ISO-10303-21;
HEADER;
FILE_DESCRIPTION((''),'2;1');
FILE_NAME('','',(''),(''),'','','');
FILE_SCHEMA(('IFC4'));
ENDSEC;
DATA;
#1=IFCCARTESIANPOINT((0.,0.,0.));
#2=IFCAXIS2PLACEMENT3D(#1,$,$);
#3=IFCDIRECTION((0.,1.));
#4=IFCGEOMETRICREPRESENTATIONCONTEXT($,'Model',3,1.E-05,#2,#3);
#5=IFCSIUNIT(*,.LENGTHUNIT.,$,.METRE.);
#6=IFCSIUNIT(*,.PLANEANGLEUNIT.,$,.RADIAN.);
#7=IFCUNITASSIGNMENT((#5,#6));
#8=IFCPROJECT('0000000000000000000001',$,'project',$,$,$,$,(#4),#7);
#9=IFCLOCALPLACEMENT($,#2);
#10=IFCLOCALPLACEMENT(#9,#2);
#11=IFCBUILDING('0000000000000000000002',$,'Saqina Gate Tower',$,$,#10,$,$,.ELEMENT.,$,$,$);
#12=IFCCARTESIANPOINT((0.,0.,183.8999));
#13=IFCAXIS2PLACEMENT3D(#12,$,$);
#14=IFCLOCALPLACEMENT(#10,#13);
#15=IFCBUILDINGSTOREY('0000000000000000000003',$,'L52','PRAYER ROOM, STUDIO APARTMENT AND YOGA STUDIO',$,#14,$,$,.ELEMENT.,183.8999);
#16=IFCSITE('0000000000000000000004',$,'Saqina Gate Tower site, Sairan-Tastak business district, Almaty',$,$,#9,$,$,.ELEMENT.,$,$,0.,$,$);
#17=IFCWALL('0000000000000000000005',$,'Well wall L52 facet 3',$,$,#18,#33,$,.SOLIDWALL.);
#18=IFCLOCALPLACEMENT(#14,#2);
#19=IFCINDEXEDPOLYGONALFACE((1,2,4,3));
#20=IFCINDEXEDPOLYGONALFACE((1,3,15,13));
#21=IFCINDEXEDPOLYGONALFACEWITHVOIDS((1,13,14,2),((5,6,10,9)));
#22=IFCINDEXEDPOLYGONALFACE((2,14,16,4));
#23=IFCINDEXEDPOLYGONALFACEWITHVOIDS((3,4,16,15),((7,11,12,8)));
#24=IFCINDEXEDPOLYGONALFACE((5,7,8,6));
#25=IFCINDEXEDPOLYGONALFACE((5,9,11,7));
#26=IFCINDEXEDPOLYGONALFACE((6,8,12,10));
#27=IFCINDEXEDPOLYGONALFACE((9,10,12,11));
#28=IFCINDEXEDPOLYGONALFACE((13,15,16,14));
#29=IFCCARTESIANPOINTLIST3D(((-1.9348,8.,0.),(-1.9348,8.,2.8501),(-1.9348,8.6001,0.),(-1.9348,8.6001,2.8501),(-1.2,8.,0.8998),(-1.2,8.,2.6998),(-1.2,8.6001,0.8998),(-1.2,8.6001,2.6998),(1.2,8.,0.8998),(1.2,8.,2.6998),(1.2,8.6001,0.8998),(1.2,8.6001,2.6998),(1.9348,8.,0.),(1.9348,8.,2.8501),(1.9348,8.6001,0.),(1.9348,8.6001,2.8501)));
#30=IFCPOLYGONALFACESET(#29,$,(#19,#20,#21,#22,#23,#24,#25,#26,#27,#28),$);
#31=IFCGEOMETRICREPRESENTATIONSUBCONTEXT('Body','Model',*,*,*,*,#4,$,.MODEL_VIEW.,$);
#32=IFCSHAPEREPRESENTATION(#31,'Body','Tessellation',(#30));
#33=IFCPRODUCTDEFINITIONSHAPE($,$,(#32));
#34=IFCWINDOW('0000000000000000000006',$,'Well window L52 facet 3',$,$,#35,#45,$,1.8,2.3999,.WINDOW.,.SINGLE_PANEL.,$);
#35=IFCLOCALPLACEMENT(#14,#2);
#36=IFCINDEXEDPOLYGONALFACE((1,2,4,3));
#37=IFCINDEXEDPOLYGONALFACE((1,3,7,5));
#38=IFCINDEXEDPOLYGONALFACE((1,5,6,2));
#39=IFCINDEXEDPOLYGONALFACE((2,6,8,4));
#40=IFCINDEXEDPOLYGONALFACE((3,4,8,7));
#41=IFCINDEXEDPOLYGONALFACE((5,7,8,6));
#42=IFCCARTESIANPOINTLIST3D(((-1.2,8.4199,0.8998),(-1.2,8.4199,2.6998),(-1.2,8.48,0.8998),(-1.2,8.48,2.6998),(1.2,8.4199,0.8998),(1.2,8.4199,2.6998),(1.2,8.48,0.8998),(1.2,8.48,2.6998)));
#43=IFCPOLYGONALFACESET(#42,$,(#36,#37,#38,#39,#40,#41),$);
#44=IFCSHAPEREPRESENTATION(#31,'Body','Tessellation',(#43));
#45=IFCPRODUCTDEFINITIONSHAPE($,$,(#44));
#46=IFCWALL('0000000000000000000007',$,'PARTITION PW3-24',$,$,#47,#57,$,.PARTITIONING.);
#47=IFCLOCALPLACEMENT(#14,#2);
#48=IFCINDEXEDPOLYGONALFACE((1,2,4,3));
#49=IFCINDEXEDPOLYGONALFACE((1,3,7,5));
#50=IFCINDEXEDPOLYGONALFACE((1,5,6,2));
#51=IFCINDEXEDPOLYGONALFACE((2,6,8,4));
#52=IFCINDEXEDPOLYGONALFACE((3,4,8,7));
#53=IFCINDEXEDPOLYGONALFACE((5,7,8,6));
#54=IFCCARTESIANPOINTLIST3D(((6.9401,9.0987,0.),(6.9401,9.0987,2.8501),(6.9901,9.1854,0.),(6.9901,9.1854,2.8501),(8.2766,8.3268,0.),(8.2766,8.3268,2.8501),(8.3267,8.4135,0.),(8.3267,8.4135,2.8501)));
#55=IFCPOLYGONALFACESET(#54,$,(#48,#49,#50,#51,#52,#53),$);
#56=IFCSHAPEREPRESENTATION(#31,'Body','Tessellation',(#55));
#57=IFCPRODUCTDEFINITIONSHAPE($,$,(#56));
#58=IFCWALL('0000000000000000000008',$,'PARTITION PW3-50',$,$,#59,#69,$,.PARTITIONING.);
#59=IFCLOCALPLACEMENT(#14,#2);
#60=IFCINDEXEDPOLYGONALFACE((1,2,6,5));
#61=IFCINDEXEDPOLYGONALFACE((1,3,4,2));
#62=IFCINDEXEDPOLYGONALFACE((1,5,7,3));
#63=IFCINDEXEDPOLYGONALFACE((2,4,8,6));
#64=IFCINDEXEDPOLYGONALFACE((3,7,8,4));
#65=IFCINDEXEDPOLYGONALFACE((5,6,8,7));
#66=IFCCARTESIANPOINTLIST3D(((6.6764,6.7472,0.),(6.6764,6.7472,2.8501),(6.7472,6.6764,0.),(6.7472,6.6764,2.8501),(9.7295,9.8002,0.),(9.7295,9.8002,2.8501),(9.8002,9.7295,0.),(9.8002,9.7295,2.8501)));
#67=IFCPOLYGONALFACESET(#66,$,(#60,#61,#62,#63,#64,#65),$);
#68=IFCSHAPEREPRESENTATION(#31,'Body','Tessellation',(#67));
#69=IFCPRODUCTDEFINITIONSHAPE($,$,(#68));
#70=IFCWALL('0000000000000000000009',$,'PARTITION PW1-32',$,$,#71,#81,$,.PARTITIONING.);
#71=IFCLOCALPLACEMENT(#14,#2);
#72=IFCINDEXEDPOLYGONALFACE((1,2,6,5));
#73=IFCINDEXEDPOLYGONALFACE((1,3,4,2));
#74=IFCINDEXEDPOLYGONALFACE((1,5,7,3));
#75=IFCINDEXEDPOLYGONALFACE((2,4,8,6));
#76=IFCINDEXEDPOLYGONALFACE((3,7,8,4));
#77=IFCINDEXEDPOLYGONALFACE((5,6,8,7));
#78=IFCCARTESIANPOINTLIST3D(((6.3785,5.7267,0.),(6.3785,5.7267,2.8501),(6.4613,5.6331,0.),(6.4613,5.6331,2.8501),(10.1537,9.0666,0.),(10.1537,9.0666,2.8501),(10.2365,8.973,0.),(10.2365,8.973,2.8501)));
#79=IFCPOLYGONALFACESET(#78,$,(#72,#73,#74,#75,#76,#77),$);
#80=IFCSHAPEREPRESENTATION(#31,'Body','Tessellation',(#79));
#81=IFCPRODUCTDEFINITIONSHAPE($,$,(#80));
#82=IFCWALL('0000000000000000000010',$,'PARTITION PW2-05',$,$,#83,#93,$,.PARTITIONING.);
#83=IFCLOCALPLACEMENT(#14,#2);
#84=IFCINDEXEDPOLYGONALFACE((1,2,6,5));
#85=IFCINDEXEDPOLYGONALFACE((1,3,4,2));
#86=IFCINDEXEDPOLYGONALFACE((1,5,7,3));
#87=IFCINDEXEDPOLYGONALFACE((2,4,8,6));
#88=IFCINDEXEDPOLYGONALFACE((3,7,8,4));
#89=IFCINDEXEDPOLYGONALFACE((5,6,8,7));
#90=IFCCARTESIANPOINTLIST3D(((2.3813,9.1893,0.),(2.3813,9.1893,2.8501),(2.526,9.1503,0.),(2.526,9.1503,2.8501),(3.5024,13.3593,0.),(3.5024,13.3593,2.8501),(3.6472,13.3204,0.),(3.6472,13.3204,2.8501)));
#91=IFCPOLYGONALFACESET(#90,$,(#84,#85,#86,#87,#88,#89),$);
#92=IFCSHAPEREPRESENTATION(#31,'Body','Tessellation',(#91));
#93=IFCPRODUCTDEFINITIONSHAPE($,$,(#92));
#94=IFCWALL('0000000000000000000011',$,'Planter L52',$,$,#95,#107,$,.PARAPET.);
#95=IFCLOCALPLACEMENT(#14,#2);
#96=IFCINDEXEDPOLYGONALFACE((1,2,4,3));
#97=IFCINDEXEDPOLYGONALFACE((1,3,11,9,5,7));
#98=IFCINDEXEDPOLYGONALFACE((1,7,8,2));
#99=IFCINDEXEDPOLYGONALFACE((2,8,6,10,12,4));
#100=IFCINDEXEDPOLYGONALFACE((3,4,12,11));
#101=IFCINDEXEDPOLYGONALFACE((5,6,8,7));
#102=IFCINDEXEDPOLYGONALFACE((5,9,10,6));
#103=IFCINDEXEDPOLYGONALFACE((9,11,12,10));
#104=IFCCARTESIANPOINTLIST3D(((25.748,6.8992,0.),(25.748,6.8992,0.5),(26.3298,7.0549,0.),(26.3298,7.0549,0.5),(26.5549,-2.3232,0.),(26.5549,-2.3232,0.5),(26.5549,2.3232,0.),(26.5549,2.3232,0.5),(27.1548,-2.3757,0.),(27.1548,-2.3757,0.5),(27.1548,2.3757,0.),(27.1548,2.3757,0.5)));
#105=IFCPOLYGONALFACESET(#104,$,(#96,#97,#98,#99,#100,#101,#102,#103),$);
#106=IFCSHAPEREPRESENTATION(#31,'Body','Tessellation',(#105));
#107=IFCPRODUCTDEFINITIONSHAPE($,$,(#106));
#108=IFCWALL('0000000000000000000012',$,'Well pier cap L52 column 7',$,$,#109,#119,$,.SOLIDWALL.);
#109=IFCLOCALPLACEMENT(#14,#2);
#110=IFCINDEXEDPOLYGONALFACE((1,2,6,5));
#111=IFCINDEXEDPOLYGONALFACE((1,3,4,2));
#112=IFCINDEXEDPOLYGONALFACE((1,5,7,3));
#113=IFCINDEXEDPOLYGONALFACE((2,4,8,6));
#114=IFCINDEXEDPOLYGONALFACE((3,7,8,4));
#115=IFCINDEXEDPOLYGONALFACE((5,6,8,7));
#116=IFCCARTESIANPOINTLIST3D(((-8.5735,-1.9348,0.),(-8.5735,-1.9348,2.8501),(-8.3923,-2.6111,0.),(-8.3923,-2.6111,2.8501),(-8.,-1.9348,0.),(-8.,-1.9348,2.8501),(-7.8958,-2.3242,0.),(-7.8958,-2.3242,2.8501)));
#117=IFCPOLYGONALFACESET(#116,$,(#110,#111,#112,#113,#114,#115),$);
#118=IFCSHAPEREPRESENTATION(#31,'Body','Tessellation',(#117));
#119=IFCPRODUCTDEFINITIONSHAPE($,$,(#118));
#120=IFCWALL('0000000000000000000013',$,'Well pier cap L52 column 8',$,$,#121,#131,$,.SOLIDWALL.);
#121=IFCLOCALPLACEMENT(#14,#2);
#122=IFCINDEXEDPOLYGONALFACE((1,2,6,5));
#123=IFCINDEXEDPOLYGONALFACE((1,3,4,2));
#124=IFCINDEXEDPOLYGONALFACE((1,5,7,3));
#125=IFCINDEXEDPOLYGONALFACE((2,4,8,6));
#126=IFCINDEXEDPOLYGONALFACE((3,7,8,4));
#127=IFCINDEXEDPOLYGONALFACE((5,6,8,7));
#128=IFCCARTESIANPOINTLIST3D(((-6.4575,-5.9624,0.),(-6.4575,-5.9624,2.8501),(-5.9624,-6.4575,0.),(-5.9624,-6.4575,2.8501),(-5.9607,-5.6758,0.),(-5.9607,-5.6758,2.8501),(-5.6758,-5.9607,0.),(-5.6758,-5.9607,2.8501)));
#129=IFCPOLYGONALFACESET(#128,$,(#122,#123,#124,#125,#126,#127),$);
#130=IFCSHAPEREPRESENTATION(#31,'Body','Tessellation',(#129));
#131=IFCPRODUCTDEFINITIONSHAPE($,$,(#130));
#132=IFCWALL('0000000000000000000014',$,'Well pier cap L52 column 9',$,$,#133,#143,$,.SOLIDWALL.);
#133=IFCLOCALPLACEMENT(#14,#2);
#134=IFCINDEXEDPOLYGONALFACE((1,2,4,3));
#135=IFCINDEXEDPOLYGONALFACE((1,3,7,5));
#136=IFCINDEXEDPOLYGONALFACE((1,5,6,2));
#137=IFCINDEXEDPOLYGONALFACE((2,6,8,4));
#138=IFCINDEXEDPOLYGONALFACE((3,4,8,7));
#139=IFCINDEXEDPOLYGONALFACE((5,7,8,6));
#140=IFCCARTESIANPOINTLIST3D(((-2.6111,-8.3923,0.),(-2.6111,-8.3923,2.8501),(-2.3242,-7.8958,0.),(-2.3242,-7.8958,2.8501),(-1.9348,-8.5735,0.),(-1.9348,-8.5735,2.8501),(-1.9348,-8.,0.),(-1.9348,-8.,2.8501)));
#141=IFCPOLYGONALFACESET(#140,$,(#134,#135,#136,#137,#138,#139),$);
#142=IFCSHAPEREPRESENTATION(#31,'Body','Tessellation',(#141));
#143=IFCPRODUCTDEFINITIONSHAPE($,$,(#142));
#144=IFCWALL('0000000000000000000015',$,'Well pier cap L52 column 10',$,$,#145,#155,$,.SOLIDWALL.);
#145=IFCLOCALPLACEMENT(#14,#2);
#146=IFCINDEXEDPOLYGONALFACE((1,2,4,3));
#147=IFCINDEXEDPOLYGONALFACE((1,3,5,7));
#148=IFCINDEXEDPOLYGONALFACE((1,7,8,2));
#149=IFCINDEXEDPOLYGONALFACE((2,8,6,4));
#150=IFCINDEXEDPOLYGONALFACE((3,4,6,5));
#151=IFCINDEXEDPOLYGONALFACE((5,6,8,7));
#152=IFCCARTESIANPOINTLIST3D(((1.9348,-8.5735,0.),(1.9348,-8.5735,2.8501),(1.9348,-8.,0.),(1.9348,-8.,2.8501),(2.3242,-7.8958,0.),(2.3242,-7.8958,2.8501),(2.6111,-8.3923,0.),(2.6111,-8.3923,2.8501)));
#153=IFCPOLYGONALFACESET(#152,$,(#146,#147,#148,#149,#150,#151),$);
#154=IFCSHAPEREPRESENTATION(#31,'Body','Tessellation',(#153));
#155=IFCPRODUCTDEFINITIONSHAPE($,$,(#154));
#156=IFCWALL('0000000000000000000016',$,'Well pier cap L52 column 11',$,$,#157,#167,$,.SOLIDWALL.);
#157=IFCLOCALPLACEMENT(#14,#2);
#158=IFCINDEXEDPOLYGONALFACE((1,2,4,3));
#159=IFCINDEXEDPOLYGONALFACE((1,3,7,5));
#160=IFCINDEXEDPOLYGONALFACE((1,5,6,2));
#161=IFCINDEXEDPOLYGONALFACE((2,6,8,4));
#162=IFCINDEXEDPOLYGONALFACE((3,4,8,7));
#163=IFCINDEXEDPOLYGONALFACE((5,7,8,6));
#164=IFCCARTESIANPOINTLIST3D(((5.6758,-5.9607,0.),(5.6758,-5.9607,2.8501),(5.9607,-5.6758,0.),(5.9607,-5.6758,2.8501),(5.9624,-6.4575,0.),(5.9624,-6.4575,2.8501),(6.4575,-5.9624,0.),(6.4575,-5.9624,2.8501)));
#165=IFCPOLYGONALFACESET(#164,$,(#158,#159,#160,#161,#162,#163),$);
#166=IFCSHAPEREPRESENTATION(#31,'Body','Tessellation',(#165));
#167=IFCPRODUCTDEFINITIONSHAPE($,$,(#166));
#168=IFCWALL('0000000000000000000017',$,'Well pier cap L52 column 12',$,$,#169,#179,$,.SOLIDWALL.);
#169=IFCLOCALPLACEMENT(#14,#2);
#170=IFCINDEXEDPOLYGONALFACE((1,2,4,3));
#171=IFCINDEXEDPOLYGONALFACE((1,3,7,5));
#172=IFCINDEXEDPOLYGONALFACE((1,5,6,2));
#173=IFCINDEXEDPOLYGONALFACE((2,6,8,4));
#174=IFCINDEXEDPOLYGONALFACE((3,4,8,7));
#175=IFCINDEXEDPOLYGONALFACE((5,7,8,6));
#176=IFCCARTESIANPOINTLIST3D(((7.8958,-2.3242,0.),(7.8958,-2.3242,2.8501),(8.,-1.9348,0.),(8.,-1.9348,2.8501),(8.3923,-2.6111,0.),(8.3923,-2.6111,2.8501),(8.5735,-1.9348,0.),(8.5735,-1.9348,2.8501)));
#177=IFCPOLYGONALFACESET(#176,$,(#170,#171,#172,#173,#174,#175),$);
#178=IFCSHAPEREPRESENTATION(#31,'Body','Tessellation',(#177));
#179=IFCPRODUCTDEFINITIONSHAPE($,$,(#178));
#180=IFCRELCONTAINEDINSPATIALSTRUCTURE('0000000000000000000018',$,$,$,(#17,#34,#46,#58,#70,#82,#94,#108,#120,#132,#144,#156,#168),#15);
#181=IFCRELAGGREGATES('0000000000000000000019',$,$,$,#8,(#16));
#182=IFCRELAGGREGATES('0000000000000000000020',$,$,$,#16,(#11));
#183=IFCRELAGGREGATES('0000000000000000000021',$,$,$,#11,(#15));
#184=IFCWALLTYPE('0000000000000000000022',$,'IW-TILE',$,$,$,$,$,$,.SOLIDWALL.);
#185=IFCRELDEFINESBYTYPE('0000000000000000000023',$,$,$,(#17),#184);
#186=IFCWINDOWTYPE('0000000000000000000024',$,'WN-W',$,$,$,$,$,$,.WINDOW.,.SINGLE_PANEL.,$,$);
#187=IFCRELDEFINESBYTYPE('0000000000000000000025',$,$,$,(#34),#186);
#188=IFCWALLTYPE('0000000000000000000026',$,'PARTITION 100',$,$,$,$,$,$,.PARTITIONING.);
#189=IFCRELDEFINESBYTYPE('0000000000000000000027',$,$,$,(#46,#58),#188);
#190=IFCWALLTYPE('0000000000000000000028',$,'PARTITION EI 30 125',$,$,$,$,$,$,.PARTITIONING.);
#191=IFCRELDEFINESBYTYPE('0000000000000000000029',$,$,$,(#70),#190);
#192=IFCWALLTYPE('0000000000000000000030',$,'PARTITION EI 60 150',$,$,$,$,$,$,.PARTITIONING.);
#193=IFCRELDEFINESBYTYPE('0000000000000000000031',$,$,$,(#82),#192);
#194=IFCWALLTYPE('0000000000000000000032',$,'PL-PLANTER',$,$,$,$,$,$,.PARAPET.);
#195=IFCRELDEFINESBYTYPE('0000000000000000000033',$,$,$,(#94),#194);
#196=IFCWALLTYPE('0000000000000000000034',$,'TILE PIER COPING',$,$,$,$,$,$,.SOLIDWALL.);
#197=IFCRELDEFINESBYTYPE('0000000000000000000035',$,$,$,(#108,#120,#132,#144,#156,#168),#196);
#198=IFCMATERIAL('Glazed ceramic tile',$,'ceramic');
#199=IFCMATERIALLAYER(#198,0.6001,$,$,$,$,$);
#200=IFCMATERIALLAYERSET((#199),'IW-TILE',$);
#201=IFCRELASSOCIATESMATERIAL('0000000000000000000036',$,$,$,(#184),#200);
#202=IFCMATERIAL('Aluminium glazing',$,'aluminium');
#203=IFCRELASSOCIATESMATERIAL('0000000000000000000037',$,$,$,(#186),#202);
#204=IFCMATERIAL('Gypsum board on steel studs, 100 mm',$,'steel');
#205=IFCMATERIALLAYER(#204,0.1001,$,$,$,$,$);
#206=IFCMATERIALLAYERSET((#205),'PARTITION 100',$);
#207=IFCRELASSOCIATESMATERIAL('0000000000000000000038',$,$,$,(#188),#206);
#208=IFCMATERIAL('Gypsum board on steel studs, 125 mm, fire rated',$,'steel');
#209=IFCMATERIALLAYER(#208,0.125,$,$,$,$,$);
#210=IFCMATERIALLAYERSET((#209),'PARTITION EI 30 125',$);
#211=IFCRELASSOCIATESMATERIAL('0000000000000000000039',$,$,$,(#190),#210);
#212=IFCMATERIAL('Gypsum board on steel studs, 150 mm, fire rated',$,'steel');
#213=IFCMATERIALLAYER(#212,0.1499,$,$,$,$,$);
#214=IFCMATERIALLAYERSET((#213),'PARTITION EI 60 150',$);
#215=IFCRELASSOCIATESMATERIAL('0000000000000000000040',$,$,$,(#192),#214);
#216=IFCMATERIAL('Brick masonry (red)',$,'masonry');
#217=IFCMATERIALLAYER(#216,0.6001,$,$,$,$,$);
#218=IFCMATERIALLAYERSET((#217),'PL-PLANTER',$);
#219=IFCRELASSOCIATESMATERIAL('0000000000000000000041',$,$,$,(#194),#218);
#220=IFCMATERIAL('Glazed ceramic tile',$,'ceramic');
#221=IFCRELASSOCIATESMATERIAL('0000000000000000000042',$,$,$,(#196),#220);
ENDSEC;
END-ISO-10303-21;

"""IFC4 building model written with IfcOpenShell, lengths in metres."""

from ifc_helpers import new_model, si_unit, direction, frame, frame_2d, origin, place, context, subcontext, project, spatial, polyline, rectangle, outline, extrude, material, layer, layer_set, type_object, element, fill, save


model = new_model("IFC4")

# Units and contexts
model_context = context("Model", 3, precision=1e-05, world=origin(), true_north=direction((0.0, 1.0)))
body_context = subcontext(model_context, "Body", "Model", "MODEL_VIEW")
ifc_project = project(units=[si_unit("LENGTHUNIT", "METRE"), si_unit("PLANEANGLEUNIT", "RADIAN")], contexts=[model_context])

# Site, building, storey
site_placement = place(None, origin())
site = spatial("IfcSite", under=ifc_project, at=site_placement, Name="Saqina Gate Tower site, Sairan-Tastak business district, Almaty", CompositionType="ELEMENT", RefElevation=0.0)
building_placement = place(site_placement, origin())
building = spatial("IfcBuilding", under=site, at=building_placement, Name="Saqina Gate Tower", CompositionType="ELEMENT")
storey_placement = place(building_placement, frame((0.0, 0.0, 183.8999)))
storey = spatial("IfcBuildingStorey", under=building, at=storey_placement, Name="L52", Description="PRAYER ROOM, STUDIO APARTMENT AND YOGA STUDIO", CompositionType="ELEMENT", Elevation=183.8999)

# Wall, opening, window
ifc_material_1 = material(Name="Glazed ceramic tile", Category="ceramic")
ifc_layer_1 = layer(ifc_material_1, 0.6001)
ifc_layer_set_1 = layer_set([ifc_layer_1], Name="IW-TILE")
wall_type_1 = type_object("IfcWallType", Name="IW-TILE", PredefinedType="SOLIDWALL", material=ifc_layer_set_1)
ifc_material_2 = material(Name="Aluminium glazing", Category="aluminium")
window_type = type_object("IfcWindowType", Name="WN-W", PartitioningType="SINGLE_PANEL", PredefinedType="WINDOW", material=ifc_material_2)
wall_1_placement = place(storey_placement, frame((1.9348, 8.3, 0.0), z_axis=(0.0, 0.0, 1.0), x_axis=(-1.0, 0.0, 0.0)))
wall_1 = element("IfcWall", 1, at=wall_1_placement, inside=storey, type_object=wall_type_1, Name="Well wall L52 facet 3", PredefinedType="SOLIDWALL", context=body_context, shape_type="SweptSolid", body=[
    extrude(rectangle(XDim=3.8696, YDim=0.6001, at=frame_2d((1.9348, 0.0))), origin(), (0.0, 0.0, 1.0), 2.8501),
])
opening_1_placement = place(wall_1_placement, frame((0.7349, 0.0, 0.8999)))
opening_1 = element("IfcOpeningElement", 2, at=opening_1_placement, cuts=wall_1, PredefinedType="OPENING", context=body_context, shape_type="SweptSolid", body=[
    extrude(rectangle(XDim=2.3999, YDim=1.8, at=frame_2d((1.2, 0.8999))), frame((0.0, 0.312, 0.0), z_axis=(0.0, -1.0, 0.0), x_axis=(1.0, 0.0, 0.0)), (0.0, 0.0, 1.0), 0.624),
])
window_1_placement = place(opening_1_placement, origin())
window_1 = element("IfcWindow", 3, at=window_1_placement, inside=storey, type_object=window_type, Name="Well window L52 facet 3", OverallHeight=1.8, OverallWidth=2.3999, PartitioningType="SINGLE_PANEL", PredefinedType="WINDOW", context=body_context, shape_type="SweptSolid", body=[
    extrude(rectangle(XDim=2.3999, YDim=1.8, at=frame_2d((1.2, 0.8999))), frame((0.0, -0.1199, 0.0), z_axis=(0.0, -1.0, 0.0), x_axis=(1.0, 0.0, 0.0)), (0.0, 0.0, 1.0), 0.0601),
])
fill(opening_1, window_1)

# Walls
ifc_material_3 = material(Name="Gypsum board on steel studs, 100 mm", Category="steel")
ifc_layer_2 = layer(ifc_material_3, 0.1001)
ifc_layer_set_2 = layer_set([ifc_layer_2], Name="PARTITION 100")
wall_type_2 = type_object("IfcWallType", Name="PARTITION 100", PredefinedType="PARTITIONING", material=ifc_layer_set_2)
wall_2_placement = place(storey_placement, frame((6.9651, 9.1421, 0.0), z_axis=(0.0, 0.0, 1.0), x_axis=(0.865956, -0.500119, 0.0)))
element("IfcWall", 4, at=wall_2_placement, inside=storey, type_object=wall_type_2, Name="PARTITION PW3-24", PredefinedType="PARTITIONING", context=body_context, shape_type="SweptSolid", body=[
    extrude(rectangle(XDim=1.5435, YDim=0.1001, at=frame_2d((0.7717, 0.0))), origin(), (0.0, 0.0, 1.0), 2.8501),
])
wall_3_placement = place(storey_placement, frame((6.7119, 6.7119, 0.0), z_axis=(0.0, 0.0, 1.0), x_axis=(0.707107, 0.707107, 0.0)))
element("IfcWall", 5, at=wall_3_placement, inside=storey, type_object=wall_type_2, Name="PARTITION PW3-50", PredefinedType="PARTITIONING", context=body_context, shape_type="SweptSolid", body=[
    extrude(rectangle(XDim=4.3176, YDim=0.1001, at=frame_2d((2.1587, 0.0))), origin(), (0.0, 0.0, 1.0), 2.8501),
])
ifc_material_4 = material(Name="Gypsum board on steel studs, 125 mm, fire rated", Category="steel")
ifc_layer_3 = layer(ifc_material_4, 0.125)
ifc_layer_set_3 = layer_set([ifc_layer_3], Name="PARTITION EI 30 125")
wall_type_3 = type_object("IfcWallType", Name="PARTITION EI 30 125", PredefinedType="PARTITIONING", material=ifc_layer_set_3)
wall_4_placement = place(storey_placement, frame((6.4199, 5.6799, 0.0), z_axis=(0.0, 0.0, 1.0), x_axis=(0.748968, 0.662606, 0.0)))
element("IfcWall", 6, at=wall_4_placement, inside=storey, type_object=wall_type_3, Name="PARTITION PW1-32", PredefinedType="PARTITIONING", context=body_context, shape_type="SweptSolid", body=[
    extrude(rectangle(XDim=5.0405, YDim=0.125, at=frame_2d((2.5203, 0.0))), origin(), (0.0, 0.0, 1.0), 2.8501),
])
ifc_material_5 = material(Name="Gypsum board on steel studs, 150 mm, fire rated", Category="steel")
ifc_layer_4 = layer(ifc_material_5, 0.1499)
ifc_layer_set_4 = layer_set([ifc_layer_4], Name="PARTITION EI 60 150")
wall_type_4 = type_object("IfcWallType", Name="PARTITION EI 60 150", PredefinedType="PARTITIONING", material=ifc_layer_set_4)
wall_5_placement = place(storey_placement, frame((2.4536, 9.1697, 0.0), z_axis=(0.0, 0.0, 1.0), x_axis=(0.259633, 0.965707, 0.0)))
element("IfcWall", 7, at=wall_5_placement, inside=storey, type_object=wall_type_4, Name="PARTITION PW2-05", PredefinedType="PARTITIONING", context=body_context, shape_type="SweptSolid", body=[
    extrude(rectangle(XDim=4.3181, YDim=0.1499, at=frame_2d((2.1592, 0.0))), origin(), (0.0, 0.0, 1.0), 2.8501),
])
ifc_material_6 = material(Name="Brick masonry (red)", Category="masonry")
ifc_layer_5 = layer(ifc_material_6, 0.6001)
ifc_layer_set_5 = layer_set([ifc_layer_5], Name="PL-PLANTER")
wall_type_5 = type_object("IfcWallType", Name="PL-PLANTER", PredefinedType="PARAPET", material=ifc_layer_set_5)
wall_6_placement = place(storey_placement, origin())
element("IfcWall", 8, at=wall_6_placement, inside=storey, type_object=wall_type_5, Name="Planter L52", PredefinedType="PARAPET", context=body_context, shape_type="SweptSolid", body=[
    extrude(outline(polyline([(27.1548, -2.3757), (27.1548, 2.3757), (26.3298, 7.0549), (25.748, 6.8992), (26.5549, 2.3232), (26.5549, -2.3232), (27.1548, -2.3757)])), origin(), (0.0, 0.0, 1.0), 0.5),
])
ifc_material_7 = material(Name="Glazed ceramic tile", Category="ceramic")
wall_type_6 = type_object("IfcWallType", Name="TILE PIER COPING", PredefinedType="SOLIDWALL", material=ifc_material_7)
wall_7_placement = place(storey_placement, origin())
element("IfcWall", 9, at=wall_7_placement, inside=storey, type_object=wall_type_6, Name="Well pier cap L52 column 7", PredefinedType="SOLIDWALL", context=body_context, shape_type="SweptSolid", body=[
    extrude(outline(polyline([(-8.0, -1.9348), (-8.5735, -1.9348), (-8.3923, -2.6111), (-7.8958, -2.3242), (-8.0, -1.9348)])), origin(), (0.0, 0.0, 1.0), 2.8501),
])
wall_8_placement = place(storey_placement, origin())
element("IfcWall", 10, at=wall_8_placement, inside=storey, type_object=wall_type_6, Name="Well pier cap L52 column 8", PredefinedType="SOLIDWALL", context=body_context, shape_type="SweptSolid", body=[
    extrude(outline(polyline([(-6.4575, -5.9624), (-5.9624, -6.4575), (-5.6758, -5.9607), (-5.9607, -5.6758), (-6.4575, -5.9624)])), origin(), (0.0, 0.0, 1.0), 2.8501),
])
wall_9_placement = place(storey_placement, origin())
element("IfcWall", 11, at=wall_9_placement, inside=storey, type_object=wall_type_6, Name="Well pier cap L52 column 9", PredefinedType="SOLIDWALL", context=body_context, shape_type="SweptSolid", body=[
    extrude(outline(polyline([(-1.9348, -8.5735), (-1.9348, -8.0), (-2.3242, -7.8958), (-2.6111, -8.3923), (-1.9348, -8.5735)])), origin(), (0.0, 0.0, 1.0), 2.8501),
])
wall_10_placement = place(storey_placement, origin())
element("IfcWall", 12, at=wall_10_placement, inside=storey, type_object=wall_type_6, Name="Well pier cap L52 column 10", PredefinedType="SOLIDWALL", context=body_context, shape_type="SweptSolid", body=[
    extrude(outline(polyline([(2.6111, -8.3923), (2.3242, -7.8958), (1.9348, -8.0), (1.9348, -8.5735), (2.6111, -8.3923)])), origin(), (0.0, 0.0, 1.0), 2.8501),
])
wall_11_placement = place(storey_placement, origin())
element("IfcWall", 13, at=wall_11_placement, inside=storey, type_object=wall_type_6, Name="Well pier cap L52 column 11", PredefinedType="SOLIDWALL", context=body_context, shape_type="SweptSolid", body=[
    extrude(outline(polyline([(5.9624, -6.4575), (6.4575, -5.9624), (5.9607, -5.6758), (5.6758, -5.9607), (5.9624, -6.4575)])), origin(), (0.0, 0.0, 1.0), 2.8501),
])
wall_12_placement = place(storey_placement, origin())
element("IfcWall", 14, at=wall_12_placement, inside=storey, type_object=wall_type_6, Name="Well pier cap L52 column 12", PredefinedType="SOLIDWALL", context=body_context, shape_type="SweptSolid", body=[
    extrude(outline(polyline([(8.5735, -1.9348), (8.0, -1.9348), (7.8958, -2.3242), (8.3923, -2.6111), (8.5735, -1.9348)])), origin(), (0.0, 0.0, 1.0), 2.8501),
])

save(model, "model.ifc")
